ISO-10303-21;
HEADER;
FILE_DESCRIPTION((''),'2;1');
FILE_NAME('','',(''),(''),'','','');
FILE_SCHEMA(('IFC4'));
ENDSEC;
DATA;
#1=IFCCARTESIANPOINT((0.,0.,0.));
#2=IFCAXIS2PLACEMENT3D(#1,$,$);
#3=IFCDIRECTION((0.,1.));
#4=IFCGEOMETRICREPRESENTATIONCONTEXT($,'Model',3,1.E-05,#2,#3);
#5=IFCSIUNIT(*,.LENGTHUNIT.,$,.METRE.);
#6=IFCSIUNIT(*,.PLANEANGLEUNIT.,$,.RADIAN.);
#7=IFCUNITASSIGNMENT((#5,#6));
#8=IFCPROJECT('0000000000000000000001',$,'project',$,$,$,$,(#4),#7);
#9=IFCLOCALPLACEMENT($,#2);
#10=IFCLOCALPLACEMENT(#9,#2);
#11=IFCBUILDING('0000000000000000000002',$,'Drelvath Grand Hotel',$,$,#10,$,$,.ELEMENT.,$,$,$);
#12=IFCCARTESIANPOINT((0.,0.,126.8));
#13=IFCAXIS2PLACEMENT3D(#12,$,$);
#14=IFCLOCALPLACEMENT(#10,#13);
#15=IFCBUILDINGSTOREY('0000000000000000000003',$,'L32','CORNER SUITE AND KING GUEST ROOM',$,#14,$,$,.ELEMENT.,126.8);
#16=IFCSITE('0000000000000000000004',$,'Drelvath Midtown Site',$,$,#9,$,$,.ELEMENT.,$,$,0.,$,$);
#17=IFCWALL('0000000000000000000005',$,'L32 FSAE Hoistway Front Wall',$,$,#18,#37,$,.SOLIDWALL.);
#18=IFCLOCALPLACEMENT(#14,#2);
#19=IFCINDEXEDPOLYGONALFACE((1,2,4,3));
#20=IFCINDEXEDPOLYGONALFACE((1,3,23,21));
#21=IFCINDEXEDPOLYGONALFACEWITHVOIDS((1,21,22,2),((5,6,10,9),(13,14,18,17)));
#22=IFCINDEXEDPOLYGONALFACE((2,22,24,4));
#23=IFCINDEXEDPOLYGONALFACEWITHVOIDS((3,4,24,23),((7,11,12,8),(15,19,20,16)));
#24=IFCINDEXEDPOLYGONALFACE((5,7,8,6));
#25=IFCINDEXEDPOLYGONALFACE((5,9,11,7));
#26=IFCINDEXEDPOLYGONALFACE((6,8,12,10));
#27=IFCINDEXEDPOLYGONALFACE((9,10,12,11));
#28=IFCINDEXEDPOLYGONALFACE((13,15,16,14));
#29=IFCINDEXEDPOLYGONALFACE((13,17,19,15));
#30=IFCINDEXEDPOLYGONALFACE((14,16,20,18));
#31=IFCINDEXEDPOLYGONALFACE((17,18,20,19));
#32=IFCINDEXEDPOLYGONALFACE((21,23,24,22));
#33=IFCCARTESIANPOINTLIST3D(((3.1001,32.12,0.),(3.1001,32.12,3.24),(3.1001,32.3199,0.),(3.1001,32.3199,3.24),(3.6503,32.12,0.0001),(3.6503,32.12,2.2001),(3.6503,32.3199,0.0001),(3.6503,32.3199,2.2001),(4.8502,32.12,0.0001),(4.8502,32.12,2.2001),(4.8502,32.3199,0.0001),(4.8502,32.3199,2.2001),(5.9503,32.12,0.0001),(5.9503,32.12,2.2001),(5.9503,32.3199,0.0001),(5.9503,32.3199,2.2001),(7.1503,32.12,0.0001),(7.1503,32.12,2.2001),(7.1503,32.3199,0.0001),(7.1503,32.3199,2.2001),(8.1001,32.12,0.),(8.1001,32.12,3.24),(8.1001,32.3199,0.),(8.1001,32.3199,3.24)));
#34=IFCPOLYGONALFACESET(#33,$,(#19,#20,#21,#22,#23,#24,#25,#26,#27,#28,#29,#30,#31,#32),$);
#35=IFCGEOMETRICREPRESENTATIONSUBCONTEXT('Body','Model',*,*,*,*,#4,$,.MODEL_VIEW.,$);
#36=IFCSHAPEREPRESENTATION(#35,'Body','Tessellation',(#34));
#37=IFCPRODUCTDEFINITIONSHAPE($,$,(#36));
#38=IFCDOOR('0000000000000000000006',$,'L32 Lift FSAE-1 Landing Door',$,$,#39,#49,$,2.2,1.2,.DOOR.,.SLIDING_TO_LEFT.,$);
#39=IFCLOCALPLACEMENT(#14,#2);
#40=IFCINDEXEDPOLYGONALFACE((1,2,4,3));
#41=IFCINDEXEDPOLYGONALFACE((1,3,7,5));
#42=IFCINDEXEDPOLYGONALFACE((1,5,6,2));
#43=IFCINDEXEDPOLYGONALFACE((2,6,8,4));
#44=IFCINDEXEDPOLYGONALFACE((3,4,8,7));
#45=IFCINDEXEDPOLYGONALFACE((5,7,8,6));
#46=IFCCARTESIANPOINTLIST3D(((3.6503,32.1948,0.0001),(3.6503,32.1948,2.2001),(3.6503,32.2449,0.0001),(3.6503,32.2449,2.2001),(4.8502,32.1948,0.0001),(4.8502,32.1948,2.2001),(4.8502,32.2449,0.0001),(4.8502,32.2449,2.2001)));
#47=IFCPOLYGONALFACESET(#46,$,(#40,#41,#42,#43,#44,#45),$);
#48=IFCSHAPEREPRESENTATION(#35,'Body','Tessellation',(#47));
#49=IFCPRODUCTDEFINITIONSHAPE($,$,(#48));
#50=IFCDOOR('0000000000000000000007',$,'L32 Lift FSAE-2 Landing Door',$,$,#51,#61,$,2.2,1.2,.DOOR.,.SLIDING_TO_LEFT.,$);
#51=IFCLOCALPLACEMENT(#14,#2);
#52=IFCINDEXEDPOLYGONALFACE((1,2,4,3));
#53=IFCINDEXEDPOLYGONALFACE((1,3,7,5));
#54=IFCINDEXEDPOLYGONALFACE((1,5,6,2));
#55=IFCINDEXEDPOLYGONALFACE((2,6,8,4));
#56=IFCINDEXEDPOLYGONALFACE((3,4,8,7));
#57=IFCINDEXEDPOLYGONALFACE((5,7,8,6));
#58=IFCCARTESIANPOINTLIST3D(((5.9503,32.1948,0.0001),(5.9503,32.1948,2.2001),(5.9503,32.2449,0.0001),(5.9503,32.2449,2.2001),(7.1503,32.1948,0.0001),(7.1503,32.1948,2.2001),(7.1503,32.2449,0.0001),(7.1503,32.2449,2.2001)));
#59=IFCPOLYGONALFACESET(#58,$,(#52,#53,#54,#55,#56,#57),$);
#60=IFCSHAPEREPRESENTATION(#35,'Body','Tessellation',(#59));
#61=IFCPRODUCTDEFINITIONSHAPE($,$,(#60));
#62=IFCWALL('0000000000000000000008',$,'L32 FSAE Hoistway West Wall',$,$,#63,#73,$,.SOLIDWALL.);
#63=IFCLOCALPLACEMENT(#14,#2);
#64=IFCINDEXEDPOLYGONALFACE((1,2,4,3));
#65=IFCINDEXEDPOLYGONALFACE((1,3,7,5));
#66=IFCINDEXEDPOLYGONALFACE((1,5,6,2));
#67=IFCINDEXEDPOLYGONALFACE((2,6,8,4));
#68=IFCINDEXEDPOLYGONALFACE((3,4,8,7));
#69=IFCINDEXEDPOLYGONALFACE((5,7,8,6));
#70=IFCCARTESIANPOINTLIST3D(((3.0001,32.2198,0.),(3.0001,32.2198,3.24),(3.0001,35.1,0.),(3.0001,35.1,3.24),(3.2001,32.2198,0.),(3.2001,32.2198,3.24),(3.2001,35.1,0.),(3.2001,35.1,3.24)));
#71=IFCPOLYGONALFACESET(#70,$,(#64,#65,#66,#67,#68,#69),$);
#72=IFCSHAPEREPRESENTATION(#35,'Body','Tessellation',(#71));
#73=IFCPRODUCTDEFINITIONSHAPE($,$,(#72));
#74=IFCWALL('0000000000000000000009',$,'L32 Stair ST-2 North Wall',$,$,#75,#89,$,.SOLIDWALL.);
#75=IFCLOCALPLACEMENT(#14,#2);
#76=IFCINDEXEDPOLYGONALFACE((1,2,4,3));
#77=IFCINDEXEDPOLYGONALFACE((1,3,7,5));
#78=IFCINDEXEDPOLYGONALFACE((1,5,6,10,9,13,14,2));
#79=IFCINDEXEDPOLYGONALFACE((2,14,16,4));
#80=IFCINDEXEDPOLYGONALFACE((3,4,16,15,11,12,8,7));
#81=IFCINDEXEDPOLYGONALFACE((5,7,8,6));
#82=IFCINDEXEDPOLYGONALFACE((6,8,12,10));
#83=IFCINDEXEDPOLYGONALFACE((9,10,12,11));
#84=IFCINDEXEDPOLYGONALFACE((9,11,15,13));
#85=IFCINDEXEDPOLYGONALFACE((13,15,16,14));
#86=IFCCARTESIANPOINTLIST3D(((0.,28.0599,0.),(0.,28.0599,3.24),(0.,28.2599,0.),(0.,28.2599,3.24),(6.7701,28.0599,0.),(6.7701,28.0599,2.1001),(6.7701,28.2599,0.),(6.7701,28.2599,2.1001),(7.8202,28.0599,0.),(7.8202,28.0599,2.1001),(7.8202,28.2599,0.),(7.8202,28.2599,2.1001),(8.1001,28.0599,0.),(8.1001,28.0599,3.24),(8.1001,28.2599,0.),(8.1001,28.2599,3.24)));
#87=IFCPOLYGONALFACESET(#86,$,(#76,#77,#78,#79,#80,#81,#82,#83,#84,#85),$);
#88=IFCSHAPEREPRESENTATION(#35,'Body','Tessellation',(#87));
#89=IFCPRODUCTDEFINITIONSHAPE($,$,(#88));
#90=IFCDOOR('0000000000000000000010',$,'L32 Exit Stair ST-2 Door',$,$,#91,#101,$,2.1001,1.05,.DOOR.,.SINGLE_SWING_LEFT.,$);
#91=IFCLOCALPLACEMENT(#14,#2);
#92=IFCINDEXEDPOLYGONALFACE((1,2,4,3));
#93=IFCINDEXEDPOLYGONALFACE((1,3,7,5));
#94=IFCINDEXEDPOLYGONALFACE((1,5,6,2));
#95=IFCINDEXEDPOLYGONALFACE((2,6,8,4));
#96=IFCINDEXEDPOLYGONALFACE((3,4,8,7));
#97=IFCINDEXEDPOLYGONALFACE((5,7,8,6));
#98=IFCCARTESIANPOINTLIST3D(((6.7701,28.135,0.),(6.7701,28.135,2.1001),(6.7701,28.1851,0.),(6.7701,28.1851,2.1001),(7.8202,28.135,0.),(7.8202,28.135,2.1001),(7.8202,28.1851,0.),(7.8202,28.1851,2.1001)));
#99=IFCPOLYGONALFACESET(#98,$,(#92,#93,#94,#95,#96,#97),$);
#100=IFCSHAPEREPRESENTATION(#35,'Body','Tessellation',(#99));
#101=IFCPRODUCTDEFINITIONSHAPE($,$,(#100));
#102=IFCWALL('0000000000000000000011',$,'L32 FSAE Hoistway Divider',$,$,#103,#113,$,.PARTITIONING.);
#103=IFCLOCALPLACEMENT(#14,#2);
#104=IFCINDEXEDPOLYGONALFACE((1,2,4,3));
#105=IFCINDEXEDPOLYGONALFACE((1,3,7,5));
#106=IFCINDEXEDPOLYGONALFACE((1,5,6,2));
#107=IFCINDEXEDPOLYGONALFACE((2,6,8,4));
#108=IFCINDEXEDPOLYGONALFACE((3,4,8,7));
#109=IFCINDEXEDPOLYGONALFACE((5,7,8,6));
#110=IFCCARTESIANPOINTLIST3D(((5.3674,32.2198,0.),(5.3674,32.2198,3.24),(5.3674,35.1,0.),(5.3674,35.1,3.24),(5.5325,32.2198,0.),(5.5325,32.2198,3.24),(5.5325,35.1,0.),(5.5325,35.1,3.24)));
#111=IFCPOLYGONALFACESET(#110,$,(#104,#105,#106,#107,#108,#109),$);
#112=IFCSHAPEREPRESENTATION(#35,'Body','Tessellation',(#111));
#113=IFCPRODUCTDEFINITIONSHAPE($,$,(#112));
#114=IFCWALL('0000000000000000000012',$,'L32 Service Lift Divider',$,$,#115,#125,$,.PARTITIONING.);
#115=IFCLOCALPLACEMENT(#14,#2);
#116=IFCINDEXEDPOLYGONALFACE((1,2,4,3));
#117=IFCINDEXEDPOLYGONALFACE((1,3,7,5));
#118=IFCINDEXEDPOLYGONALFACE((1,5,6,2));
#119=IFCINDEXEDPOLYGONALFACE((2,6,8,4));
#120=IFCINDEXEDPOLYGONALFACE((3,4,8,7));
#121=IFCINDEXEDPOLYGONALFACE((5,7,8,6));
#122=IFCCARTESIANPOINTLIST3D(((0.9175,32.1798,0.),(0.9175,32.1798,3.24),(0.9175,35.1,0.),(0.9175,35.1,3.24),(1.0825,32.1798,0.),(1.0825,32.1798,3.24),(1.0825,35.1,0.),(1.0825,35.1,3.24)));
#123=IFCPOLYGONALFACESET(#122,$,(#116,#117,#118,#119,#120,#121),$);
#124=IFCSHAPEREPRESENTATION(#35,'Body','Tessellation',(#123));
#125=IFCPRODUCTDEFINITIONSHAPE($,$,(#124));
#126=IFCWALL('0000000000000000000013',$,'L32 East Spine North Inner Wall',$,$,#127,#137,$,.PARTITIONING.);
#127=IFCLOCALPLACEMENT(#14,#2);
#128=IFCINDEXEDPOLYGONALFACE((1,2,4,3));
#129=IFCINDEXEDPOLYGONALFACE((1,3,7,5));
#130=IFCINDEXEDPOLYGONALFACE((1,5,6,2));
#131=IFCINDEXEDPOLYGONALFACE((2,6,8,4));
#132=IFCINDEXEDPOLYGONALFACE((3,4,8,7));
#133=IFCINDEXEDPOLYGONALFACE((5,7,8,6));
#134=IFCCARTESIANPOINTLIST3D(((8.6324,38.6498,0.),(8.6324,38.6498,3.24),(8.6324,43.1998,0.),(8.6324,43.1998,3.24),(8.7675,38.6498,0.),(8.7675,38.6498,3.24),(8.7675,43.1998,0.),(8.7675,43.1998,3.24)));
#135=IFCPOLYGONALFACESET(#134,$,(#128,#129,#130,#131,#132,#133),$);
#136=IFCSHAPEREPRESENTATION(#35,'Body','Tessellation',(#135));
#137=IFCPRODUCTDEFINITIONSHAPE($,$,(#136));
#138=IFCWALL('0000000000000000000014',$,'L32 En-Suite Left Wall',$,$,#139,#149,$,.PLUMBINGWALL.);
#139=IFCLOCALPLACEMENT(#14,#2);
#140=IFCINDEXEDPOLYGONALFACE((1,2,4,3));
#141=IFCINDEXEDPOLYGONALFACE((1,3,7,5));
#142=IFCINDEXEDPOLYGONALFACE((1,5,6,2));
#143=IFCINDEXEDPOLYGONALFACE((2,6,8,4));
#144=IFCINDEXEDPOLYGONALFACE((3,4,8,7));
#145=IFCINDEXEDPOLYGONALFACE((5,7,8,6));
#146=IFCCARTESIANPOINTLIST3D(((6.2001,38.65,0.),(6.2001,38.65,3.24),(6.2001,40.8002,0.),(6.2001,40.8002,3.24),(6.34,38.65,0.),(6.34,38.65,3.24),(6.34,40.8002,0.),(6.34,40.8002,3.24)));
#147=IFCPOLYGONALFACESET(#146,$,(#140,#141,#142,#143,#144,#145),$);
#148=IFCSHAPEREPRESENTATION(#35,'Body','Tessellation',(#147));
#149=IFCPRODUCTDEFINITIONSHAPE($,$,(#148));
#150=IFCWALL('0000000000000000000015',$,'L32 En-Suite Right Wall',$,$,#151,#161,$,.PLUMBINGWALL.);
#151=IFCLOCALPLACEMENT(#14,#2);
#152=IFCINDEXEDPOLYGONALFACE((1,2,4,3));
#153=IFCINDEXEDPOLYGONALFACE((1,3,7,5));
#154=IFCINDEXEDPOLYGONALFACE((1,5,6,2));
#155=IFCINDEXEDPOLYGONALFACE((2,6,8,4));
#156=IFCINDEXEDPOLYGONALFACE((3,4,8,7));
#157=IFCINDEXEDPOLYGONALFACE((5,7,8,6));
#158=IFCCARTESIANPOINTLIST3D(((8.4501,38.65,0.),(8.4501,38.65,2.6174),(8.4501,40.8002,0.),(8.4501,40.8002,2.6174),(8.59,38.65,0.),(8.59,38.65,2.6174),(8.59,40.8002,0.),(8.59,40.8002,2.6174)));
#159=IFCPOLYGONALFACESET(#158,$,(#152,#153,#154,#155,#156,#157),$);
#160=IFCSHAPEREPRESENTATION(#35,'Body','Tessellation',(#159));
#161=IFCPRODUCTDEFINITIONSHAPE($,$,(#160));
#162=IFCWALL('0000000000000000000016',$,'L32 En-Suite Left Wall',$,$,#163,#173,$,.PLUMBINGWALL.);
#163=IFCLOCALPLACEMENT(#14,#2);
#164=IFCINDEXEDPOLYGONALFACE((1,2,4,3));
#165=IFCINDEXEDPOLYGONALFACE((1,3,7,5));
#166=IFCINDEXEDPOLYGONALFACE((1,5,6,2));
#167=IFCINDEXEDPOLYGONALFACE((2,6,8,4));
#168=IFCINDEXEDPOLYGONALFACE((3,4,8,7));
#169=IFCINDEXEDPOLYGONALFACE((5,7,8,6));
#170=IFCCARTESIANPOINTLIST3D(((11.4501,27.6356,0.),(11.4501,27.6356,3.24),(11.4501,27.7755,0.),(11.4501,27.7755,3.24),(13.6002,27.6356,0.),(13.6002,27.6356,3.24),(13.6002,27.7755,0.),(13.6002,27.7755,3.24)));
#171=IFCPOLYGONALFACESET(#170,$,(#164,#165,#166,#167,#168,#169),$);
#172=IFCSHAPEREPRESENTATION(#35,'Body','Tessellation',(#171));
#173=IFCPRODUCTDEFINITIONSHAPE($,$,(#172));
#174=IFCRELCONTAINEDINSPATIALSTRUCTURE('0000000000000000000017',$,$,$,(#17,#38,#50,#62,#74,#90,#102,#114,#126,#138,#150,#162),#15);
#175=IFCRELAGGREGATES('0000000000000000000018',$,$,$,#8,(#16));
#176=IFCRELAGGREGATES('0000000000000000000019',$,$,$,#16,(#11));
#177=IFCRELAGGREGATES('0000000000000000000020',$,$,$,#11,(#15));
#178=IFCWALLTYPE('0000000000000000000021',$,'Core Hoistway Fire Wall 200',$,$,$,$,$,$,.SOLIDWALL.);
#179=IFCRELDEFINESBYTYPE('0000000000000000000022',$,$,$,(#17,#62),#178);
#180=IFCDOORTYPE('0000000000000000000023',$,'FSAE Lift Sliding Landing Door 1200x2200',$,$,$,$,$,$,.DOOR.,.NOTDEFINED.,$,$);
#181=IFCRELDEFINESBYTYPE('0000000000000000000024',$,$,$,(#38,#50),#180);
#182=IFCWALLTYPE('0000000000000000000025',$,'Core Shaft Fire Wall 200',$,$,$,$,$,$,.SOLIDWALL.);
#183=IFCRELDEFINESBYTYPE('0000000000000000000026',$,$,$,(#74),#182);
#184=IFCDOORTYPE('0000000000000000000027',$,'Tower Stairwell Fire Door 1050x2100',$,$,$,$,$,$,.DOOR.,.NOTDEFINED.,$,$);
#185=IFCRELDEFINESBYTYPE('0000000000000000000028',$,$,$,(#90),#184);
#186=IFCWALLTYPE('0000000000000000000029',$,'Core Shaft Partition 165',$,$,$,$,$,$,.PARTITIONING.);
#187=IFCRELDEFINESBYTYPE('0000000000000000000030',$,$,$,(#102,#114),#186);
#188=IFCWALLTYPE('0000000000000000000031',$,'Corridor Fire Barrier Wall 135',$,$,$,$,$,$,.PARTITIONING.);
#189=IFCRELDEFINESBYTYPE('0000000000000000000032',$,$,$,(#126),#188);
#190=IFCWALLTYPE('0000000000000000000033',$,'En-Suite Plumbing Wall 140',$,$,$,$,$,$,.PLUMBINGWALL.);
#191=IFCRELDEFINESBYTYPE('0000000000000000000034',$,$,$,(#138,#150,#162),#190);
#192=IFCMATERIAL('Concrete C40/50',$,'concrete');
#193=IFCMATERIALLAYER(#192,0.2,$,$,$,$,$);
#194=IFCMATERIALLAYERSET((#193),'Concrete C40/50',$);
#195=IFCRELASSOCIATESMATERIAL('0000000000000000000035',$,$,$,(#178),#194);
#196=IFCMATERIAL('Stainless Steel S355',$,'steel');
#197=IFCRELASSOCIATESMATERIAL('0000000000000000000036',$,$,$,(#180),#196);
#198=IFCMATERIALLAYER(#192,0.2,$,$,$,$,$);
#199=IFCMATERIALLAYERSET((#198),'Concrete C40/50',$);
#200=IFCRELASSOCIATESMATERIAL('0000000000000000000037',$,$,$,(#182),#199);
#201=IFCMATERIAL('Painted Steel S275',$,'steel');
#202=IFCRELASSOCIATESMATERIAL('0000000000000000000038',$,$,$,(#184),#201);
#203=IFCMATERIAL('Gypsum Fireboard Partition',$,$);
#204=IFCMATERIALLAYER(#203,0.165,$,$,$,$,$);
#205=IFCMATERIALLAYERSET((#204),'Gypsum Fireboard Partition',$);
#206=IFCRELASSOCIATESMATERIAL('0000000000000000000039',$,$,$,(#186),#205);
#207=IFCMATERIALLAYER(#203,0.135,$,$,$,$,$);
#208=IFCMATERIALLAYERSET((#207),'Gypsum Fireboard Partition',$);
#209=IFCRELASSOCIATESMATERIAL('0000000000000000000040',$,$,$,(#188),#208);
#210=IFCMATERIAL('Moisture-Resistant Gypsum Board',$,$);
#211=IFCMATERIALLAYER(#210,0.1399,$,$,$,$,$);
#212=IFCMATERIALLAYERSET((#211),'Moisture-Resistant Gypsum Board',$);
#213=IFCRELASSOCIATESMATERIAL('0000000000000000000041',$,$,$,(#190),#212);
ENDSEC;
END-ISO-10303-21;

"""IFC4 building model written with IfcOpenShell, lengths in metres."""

from ifc_helpers import new_model, si_unit, direction, frame, frame_2d, origin, place, context, subcontext, project, spatial, rectangle, extrude, material, layer, layer_set, type_object, element, fill, save


model = new_model("IFC4")

# Units and contexts
model_context = context("Model", 3, precision=1e-05, world=origin(), true_north=direction((0.0, 1.0)))
body_context = subcontext(model_context, "Body", "Model", "MODEL_VIEW")
ifc_project = project(units=[si_unit("LENGTHUNIT", "METRE"), si_unit("PLANEANGLEUNIT", "RADIAN")], contexts=[model_context])

# Site, building, storey
site_placement = place(None, origin())
site = spatial("IfcSite", under=ifc_project, at=site_placement, Name="Drelvath Midtown Site", CompositionType="ELEMENT", RefElevation=0.0)
building_placement = place(site_placement, origin())
building = spatial("IfcBuilding", under=site, at=building_placement, Name="Drelvath Grand Hotel", CompositionType="ELEMENT")
storey_placement = place(building_placement, frame((0.0, 0.0, 126.8)))
storey = spatial("IfcBuildingStorey", under=building, at=storey_placement, Name="L32", Description="CORNER SUITE AND KING GUEST ROOM", CompositionType="ELEMENT", Elevation=126.8)

# Wall, openings, doors
ifc_material_1 = material(Name="Concrete C40/50", Category="concrete")
ifc_layer_1 = layer(ifc_material_1, 0.2)
ifc_layer_set_1 = layer_set([ifc_layer_1], Name="Concrete C40/50")
wall_type_1 = type_object("IfcWallType", Name="Core Hoistway Fire Wall 200", PredefinedType="SOLIDWALL", material=ifc_layer_set_1)
wall_1_placement = place(storey_placement, frame((3.1001, 32.22, 0.0), z_axis=(0.0, 0.0, 1.0), x_axis=(1.0, 0.0, 0.0)))
wall_1 = element("IfcWall", 1, at=wall_1_placement, inside=storey, type_object=wall_type_1, Name="L32 FSAE Hoistway Front Wall", PredefinedType="SOLIDWALL", context=body_context, shape_type="SweptSolid", body=[
    extrude(rectangle(XDim=5.0, YDim=0.2, at=frame_2d((2.5, 0.0))), origin(), (0.0, 0.0, 1.0), 3.24),
])
opening_1_placement = place(wall_1_placement, frame((0.55, 0.0, 0.0)))
opening_1 = element("IfcOpeningElement", 2, at=opening_1_placement, cuts=wall_1, PredefinedType="OPENING", context=body_context, shape_type="SweptSolid", body=[
    extrude(rectangle(XDim=1.2, YDim=2.2, at=frame_2d((0.6001, 1.1001))), frame((0.0, 0.1099, 0.0), z_axis=(0.0, -1.0, 0.0), x_axis=(1.0, 0.0, 0.0)), (0.0, 0.0, 1.0), 0.22),
])
opening_2_placement = place(wall_1_placement, frame((2.8501, 0.0, 0.0)))
opening_2 = element("IfcOpeningElement", 3, at=opening_2_placement, cuts=wall_1, PredefinedType="OPENING", context=body_context, shape_type="SweptSolid", body=[
    extrude(rectangle(XDim=1.2, YDim=2.2, at=frame_2d((0.6001, 1.1001))), frame((0.0, 0.1099, 0.0), z_axis=(0.0, -1.0, 0.0), x_axis=(1.0, 0.0, 0.0)), (0.0, 0.0, 1.0), 0.22),
])
ifc_material_2 = material(Name="Stainless Steel S355", Category="steel")
door_type_1 = type_object("IfcDoorType", Name="FSAE Lift Sliding Landing Door 1200x2200", OperationType="NOTDEFINED", PredefinedType="DOOR", material=ifc_material_2)
door_1_placement = place(opening_1_placement, origin())
door_1 = element("IfcDoor", 4, at=door_1_placement, inside=storey, type_object=door_type_1, Name="L32 Lift FSAE-1 Landing Door", OperationType="SLIDING_TO_LEFT", OverallHeight=2.2, OverallWidth=1.2, PredefinedType="DOOR", context=body_context, shape_type="SweptSolid", body=[
    extrude(rectangle(XDim=1.2, YDim=2.2, at=frame_2d((0.6001, 1.1001))), frame((0.0, 0.0249, 0.0), z_axis=(0.0, -1.0, 0.0), x_axis=(1.0, 0.0, 0.0)), (0.0, 0.0, 1.0), 0.05),
])
fill(opening_1, door_1)
door_2_placement = place(opening_2_placement, origin())
door_2 = element("IfcDoor", 5, at=door_2_placement, inside=storey, type_object=door_type_1, Name="L32 Lift FSAE-2 Landing Door", OperationType="SLIDING_TO_LEFT", OverallHeight=2.2, OverallWidth=1.2, PredefinedType="DOOR", context=body_context, shape_type="SweptSolid", body=[
    extrude(rectangle(XDim=1.2, YDim=2.2, at=frame_2d((0.6001, 1.1001))), frame((0.0, 0.0249, 0.0), z_axis=(0.0, -1.0, 0.0), x_axis=(1.0, 0.0, 0.0)), (0.0, 0.0, 1.0), 0.05),
])
fill(opening_2, door_2)

# Wall
wall_2_placement = place(storey_placement, frame((3.1001, 32.22, 0.0), z_axis=(0.0, 0.0, 1.0), x_axis=(0.0, 1.0, 0.0)))
element("IfcWall", 6, at=wall_2_placement, inside=storey, type_object=wall_type_1, Name="L32 FSAE Hoistway West Wall", PredefinedType="SOLIDWALL", context=body_context, shape_type="SweptSolid", body=[
    extrude(rectangle(XDim=2.8801, YDim=0.2, at=frame_2d((1.4399, 0.0))), origin(), (0.0, 0.0, 1.0), 3.24),
])

# Wall, opening, door
ifc_layer_2 = layer(ifc_material_1, 0.2)
ifc_layer_set_2 = layer_set([ifc_layer_2], Name="Concrete C40/50")
wall_type_2 = type_object("IfcWallType", Name="Core Shaft Fire Wall 200", PredefinedType="SOLIDWALL", material=ifc_layer_set_2)
wall_3_placement = place(storey_placement, frame((8.1001, 28.1599, 0.0), z_axis=(0.0, 0.0, 1.0), x_axis=(-1.0, 0.0, 0.0)))
wall_3 = element("IfcWall", 7, at=wall_3_placement, inside=storey, type_object=wall_type_2, Name="L32 Stair ST-2 North Wall", PredefinedType="SOLIDWALL", context=body_context, shape_type="SweptSolid", body=[
    extrude(rectangle(XDim=8.1001, YDim=0.2, at=frame_2d((4.05, 0.0))), origin(), (0.0, 0.0, 1.0), 3.24),
])
opening_3_placement = place(wall_3_placement, frame((0.28, 0.0, 0.0)))
opening_3 = element("IfcOpeningElement", 8, at=opening_3_placement, cuts=wall_3, PredefinedType="OPENING", context=body_context, shape_type="SweptSolid", body=[
    extrude(rectangle(XDim=1.05, YDim=2.1001, at=frame_2d((0.5249, 1.05))), frame((0.0, 0.1099, 0.0), z_axis=(0.0, -1.0, 0.0), x_axis=(1.0, 0.0, 0.0)), (0.0, 0.0, 1.0), 0.22),
])
ifc_material_3 = material(Name="Painted Steel S275", Category="steel")
door_type_2 = type_object("IfcDoorType", Name="Tower Stairwell Fire Door 1050x2100", OperationType="NOTDEFINED", PredefinedType="DOOR", material=ifc_material_3)
door_3_placement = place(opening_3_placement, origin())
door_3 = element("IfcDoor", 9, at=door_3_placement, inside=storey, type_object=door_type_2, Name="L32 Exit Stair ST-2 Door", OperationType="SINGLE_SWING_LEFT", OverallHeight=2.1001, OverallWidth=1.05, PredefinedType="DOOR", context=body_context, shape_type="SweptSolid", body=[
    extrude(rectangle(XDim=1.05, YDim=2.1001, at=frame_2d((0.5249, 1.05))), frame((0.0, 0.0249, 0.0), z_axis=(0.0, -1.0, 0.0), x_axis=(1.0, 0.0, 0.0)), (0.0, 0.0, 1.0), 0.05),
])
fill(opening_3, door_3)

# Walls
ifc_material_4 = material(Name="Gypsum Fireboard Partition")
ifc_layer_3 = layer(ifc_material_4, 0.165)
ifc_layer_set_3 = layer_set([ifc_layer_3], Name="Gypsum Fireboard Partition")
wall_type_3 = type_object("IfcWallType", Name="Core Shaft Partition 165", PredefinedType="PARTITIONING", material=ifc_layer_set_3)
wall_4_placement = place(storey_placement, frame((5.45, 32.22, 0.0), z_axis=(0.0, 0.0, 1.0), x_axis=(0.0, 1.0, 0.0)))
element("IfcWall", 10, at=wall_4_placement, inside=storey, type_object=wall_type_3, Name="L32 FSAE Hoistway Divider", PredefinedType="PARTITIONING", context=body_context, shape_type="SweptSolid", body=[
    extrude(rectangle(XDim=2.8801, YDim=0.165, at=frame_2d((1.4399, 0.0))), origin(), (0.0, 0.0, 1.0), 3.24),
])
wall_5_placement = place(storey_placement, frame((1.0, 32.1799, 0.0), z_axis=(0.0, 0.0, 1.0), x_axis=(0.0, 1.0, 0.0)))
element("IfcWall", 11, at=wall_5_placement, inside=storey, type_object=wall_type_3, Name="L32 Service Lift Divider", PredefinedType="PARTITIONING", context=body_context, shape_type="SweptSolid", body=[
    extrude(rectangle(XDim=2.9202, YDim=0.165, at=frame_2d((1.46, 0.0))), origin(), (0.0, 0.0, 1.0), 3.24),
])
ifc_layer_4 = layer(ifc_material_4, 0.135)
ifc_layer_set_4 = layer_set([ifc_layer_4], Name="Gypsum Fireboard Partition")
wall_type_4 = type_object("IfcWallType", Name="Corridor Fire Barrier Wall 135", PredefinedType="PARTITIONING", material=ifc_layer_set_4)
wall_6_placement = place(storey_placement, frame((8.7, 38.6499, 0.0), z_axis=(0.0, 0.0, 1.0), x_axis=(0.0, 1.0, 0.0)))
element("IfcWall", 12, at=wall_6_placement, inside=storey, type_object=wall_type_4, Name="L32 East Spine North Inner Wall", PredefinedType="PARTITIONING", context=body_context, shape_type="SweptSolid", body=[
    extrude(rectangle(XDim=4.55, YDim=0.135, at=frame_2d((2.2749, 0.0))), origin(), (0.0, 0.0, 1.0), 3.24),
])
ifc_material_5 = material(Name="Moisture-Resistant Gypsum Board")
ifc_layer_5 = layer(ifc_material_5, 0.1399)
ifc_layer_set_5 = layer_set([ifc_layer_5], Name="Moisture-Resistant Gypsum Board")
wall_type_5 = type_object("IfcWallType", Name="En-Suite Plumbing Wall 140", PredefinedType="PLUMBINGWALL", material=ifc_layer_set_5)
wall_7_placement = place(storey_placement, frame((6.27, 38.6499, 0.0), z_axis=(0.0, 0.0, 1.0), x_axis=(0.0, 1.0, 0.0)))
element("IfcWall", 13, at=wall_7_placement, inside=storey, type_object=wall_type_5, Name="L32 En-Suite Left Wall", PredefinedType="PLUMBINGWALL", context=body_context, shape_type="SweptSolid", body=[
    extrude(rectangle(XDim=2.1501, YDim=0.1399, at=frame_2d((1.0752, 0.0))), origin(), (0.0, 0.0, 1.0), 3.24),
])
wall_8_placement = place(storey_placement, frame((8.52, 38.6499, 0.0), z_axis=(0.0, 0.0, 1.0), x_axis=(0.0, 1.0, 0.0)))
element("IfcWall", 14, at=wall_8_placement, inside=storey, type_object=wall_type_5, Name="L32 En-Suite Right Wall", PredefinedType="PLUMBINGWALL", context=body_context, shape_type="SweptSolid", body=[
    extrude(rectangle(XDim=2.1501, YDim=0.1399, at=frame_2d((1.0752, 0.0))), origin(), (0.0, 0.0, 1.0), 2.6174),
])
for number, where, z_axis, x_axis, name in (
    (15, (11.45, 27.7056, 0.0), (0.0, 0.0, 1.0), (1.0, 0.0, 0.0), "L32 En-Suite Left Wall"),
):
    element("IfcWall", number, at=place(storey_placement, frame(where, z_axis=z_axis, x_axis=x_axis)), inside=storey, type_object=wall_type_5, Name=name, PredefinedType="PLUMBINGWALL", context=body_context, shape_type="SweptSolid", body=[
        extrude(rectangle(XDim=2.1501, YDim=0.1399, at=frame_2d((1.0752, 0.0))), origin(), (0.0, 0.0, 1.0), 3.24),
    ])

save(model, "model.ifc")
